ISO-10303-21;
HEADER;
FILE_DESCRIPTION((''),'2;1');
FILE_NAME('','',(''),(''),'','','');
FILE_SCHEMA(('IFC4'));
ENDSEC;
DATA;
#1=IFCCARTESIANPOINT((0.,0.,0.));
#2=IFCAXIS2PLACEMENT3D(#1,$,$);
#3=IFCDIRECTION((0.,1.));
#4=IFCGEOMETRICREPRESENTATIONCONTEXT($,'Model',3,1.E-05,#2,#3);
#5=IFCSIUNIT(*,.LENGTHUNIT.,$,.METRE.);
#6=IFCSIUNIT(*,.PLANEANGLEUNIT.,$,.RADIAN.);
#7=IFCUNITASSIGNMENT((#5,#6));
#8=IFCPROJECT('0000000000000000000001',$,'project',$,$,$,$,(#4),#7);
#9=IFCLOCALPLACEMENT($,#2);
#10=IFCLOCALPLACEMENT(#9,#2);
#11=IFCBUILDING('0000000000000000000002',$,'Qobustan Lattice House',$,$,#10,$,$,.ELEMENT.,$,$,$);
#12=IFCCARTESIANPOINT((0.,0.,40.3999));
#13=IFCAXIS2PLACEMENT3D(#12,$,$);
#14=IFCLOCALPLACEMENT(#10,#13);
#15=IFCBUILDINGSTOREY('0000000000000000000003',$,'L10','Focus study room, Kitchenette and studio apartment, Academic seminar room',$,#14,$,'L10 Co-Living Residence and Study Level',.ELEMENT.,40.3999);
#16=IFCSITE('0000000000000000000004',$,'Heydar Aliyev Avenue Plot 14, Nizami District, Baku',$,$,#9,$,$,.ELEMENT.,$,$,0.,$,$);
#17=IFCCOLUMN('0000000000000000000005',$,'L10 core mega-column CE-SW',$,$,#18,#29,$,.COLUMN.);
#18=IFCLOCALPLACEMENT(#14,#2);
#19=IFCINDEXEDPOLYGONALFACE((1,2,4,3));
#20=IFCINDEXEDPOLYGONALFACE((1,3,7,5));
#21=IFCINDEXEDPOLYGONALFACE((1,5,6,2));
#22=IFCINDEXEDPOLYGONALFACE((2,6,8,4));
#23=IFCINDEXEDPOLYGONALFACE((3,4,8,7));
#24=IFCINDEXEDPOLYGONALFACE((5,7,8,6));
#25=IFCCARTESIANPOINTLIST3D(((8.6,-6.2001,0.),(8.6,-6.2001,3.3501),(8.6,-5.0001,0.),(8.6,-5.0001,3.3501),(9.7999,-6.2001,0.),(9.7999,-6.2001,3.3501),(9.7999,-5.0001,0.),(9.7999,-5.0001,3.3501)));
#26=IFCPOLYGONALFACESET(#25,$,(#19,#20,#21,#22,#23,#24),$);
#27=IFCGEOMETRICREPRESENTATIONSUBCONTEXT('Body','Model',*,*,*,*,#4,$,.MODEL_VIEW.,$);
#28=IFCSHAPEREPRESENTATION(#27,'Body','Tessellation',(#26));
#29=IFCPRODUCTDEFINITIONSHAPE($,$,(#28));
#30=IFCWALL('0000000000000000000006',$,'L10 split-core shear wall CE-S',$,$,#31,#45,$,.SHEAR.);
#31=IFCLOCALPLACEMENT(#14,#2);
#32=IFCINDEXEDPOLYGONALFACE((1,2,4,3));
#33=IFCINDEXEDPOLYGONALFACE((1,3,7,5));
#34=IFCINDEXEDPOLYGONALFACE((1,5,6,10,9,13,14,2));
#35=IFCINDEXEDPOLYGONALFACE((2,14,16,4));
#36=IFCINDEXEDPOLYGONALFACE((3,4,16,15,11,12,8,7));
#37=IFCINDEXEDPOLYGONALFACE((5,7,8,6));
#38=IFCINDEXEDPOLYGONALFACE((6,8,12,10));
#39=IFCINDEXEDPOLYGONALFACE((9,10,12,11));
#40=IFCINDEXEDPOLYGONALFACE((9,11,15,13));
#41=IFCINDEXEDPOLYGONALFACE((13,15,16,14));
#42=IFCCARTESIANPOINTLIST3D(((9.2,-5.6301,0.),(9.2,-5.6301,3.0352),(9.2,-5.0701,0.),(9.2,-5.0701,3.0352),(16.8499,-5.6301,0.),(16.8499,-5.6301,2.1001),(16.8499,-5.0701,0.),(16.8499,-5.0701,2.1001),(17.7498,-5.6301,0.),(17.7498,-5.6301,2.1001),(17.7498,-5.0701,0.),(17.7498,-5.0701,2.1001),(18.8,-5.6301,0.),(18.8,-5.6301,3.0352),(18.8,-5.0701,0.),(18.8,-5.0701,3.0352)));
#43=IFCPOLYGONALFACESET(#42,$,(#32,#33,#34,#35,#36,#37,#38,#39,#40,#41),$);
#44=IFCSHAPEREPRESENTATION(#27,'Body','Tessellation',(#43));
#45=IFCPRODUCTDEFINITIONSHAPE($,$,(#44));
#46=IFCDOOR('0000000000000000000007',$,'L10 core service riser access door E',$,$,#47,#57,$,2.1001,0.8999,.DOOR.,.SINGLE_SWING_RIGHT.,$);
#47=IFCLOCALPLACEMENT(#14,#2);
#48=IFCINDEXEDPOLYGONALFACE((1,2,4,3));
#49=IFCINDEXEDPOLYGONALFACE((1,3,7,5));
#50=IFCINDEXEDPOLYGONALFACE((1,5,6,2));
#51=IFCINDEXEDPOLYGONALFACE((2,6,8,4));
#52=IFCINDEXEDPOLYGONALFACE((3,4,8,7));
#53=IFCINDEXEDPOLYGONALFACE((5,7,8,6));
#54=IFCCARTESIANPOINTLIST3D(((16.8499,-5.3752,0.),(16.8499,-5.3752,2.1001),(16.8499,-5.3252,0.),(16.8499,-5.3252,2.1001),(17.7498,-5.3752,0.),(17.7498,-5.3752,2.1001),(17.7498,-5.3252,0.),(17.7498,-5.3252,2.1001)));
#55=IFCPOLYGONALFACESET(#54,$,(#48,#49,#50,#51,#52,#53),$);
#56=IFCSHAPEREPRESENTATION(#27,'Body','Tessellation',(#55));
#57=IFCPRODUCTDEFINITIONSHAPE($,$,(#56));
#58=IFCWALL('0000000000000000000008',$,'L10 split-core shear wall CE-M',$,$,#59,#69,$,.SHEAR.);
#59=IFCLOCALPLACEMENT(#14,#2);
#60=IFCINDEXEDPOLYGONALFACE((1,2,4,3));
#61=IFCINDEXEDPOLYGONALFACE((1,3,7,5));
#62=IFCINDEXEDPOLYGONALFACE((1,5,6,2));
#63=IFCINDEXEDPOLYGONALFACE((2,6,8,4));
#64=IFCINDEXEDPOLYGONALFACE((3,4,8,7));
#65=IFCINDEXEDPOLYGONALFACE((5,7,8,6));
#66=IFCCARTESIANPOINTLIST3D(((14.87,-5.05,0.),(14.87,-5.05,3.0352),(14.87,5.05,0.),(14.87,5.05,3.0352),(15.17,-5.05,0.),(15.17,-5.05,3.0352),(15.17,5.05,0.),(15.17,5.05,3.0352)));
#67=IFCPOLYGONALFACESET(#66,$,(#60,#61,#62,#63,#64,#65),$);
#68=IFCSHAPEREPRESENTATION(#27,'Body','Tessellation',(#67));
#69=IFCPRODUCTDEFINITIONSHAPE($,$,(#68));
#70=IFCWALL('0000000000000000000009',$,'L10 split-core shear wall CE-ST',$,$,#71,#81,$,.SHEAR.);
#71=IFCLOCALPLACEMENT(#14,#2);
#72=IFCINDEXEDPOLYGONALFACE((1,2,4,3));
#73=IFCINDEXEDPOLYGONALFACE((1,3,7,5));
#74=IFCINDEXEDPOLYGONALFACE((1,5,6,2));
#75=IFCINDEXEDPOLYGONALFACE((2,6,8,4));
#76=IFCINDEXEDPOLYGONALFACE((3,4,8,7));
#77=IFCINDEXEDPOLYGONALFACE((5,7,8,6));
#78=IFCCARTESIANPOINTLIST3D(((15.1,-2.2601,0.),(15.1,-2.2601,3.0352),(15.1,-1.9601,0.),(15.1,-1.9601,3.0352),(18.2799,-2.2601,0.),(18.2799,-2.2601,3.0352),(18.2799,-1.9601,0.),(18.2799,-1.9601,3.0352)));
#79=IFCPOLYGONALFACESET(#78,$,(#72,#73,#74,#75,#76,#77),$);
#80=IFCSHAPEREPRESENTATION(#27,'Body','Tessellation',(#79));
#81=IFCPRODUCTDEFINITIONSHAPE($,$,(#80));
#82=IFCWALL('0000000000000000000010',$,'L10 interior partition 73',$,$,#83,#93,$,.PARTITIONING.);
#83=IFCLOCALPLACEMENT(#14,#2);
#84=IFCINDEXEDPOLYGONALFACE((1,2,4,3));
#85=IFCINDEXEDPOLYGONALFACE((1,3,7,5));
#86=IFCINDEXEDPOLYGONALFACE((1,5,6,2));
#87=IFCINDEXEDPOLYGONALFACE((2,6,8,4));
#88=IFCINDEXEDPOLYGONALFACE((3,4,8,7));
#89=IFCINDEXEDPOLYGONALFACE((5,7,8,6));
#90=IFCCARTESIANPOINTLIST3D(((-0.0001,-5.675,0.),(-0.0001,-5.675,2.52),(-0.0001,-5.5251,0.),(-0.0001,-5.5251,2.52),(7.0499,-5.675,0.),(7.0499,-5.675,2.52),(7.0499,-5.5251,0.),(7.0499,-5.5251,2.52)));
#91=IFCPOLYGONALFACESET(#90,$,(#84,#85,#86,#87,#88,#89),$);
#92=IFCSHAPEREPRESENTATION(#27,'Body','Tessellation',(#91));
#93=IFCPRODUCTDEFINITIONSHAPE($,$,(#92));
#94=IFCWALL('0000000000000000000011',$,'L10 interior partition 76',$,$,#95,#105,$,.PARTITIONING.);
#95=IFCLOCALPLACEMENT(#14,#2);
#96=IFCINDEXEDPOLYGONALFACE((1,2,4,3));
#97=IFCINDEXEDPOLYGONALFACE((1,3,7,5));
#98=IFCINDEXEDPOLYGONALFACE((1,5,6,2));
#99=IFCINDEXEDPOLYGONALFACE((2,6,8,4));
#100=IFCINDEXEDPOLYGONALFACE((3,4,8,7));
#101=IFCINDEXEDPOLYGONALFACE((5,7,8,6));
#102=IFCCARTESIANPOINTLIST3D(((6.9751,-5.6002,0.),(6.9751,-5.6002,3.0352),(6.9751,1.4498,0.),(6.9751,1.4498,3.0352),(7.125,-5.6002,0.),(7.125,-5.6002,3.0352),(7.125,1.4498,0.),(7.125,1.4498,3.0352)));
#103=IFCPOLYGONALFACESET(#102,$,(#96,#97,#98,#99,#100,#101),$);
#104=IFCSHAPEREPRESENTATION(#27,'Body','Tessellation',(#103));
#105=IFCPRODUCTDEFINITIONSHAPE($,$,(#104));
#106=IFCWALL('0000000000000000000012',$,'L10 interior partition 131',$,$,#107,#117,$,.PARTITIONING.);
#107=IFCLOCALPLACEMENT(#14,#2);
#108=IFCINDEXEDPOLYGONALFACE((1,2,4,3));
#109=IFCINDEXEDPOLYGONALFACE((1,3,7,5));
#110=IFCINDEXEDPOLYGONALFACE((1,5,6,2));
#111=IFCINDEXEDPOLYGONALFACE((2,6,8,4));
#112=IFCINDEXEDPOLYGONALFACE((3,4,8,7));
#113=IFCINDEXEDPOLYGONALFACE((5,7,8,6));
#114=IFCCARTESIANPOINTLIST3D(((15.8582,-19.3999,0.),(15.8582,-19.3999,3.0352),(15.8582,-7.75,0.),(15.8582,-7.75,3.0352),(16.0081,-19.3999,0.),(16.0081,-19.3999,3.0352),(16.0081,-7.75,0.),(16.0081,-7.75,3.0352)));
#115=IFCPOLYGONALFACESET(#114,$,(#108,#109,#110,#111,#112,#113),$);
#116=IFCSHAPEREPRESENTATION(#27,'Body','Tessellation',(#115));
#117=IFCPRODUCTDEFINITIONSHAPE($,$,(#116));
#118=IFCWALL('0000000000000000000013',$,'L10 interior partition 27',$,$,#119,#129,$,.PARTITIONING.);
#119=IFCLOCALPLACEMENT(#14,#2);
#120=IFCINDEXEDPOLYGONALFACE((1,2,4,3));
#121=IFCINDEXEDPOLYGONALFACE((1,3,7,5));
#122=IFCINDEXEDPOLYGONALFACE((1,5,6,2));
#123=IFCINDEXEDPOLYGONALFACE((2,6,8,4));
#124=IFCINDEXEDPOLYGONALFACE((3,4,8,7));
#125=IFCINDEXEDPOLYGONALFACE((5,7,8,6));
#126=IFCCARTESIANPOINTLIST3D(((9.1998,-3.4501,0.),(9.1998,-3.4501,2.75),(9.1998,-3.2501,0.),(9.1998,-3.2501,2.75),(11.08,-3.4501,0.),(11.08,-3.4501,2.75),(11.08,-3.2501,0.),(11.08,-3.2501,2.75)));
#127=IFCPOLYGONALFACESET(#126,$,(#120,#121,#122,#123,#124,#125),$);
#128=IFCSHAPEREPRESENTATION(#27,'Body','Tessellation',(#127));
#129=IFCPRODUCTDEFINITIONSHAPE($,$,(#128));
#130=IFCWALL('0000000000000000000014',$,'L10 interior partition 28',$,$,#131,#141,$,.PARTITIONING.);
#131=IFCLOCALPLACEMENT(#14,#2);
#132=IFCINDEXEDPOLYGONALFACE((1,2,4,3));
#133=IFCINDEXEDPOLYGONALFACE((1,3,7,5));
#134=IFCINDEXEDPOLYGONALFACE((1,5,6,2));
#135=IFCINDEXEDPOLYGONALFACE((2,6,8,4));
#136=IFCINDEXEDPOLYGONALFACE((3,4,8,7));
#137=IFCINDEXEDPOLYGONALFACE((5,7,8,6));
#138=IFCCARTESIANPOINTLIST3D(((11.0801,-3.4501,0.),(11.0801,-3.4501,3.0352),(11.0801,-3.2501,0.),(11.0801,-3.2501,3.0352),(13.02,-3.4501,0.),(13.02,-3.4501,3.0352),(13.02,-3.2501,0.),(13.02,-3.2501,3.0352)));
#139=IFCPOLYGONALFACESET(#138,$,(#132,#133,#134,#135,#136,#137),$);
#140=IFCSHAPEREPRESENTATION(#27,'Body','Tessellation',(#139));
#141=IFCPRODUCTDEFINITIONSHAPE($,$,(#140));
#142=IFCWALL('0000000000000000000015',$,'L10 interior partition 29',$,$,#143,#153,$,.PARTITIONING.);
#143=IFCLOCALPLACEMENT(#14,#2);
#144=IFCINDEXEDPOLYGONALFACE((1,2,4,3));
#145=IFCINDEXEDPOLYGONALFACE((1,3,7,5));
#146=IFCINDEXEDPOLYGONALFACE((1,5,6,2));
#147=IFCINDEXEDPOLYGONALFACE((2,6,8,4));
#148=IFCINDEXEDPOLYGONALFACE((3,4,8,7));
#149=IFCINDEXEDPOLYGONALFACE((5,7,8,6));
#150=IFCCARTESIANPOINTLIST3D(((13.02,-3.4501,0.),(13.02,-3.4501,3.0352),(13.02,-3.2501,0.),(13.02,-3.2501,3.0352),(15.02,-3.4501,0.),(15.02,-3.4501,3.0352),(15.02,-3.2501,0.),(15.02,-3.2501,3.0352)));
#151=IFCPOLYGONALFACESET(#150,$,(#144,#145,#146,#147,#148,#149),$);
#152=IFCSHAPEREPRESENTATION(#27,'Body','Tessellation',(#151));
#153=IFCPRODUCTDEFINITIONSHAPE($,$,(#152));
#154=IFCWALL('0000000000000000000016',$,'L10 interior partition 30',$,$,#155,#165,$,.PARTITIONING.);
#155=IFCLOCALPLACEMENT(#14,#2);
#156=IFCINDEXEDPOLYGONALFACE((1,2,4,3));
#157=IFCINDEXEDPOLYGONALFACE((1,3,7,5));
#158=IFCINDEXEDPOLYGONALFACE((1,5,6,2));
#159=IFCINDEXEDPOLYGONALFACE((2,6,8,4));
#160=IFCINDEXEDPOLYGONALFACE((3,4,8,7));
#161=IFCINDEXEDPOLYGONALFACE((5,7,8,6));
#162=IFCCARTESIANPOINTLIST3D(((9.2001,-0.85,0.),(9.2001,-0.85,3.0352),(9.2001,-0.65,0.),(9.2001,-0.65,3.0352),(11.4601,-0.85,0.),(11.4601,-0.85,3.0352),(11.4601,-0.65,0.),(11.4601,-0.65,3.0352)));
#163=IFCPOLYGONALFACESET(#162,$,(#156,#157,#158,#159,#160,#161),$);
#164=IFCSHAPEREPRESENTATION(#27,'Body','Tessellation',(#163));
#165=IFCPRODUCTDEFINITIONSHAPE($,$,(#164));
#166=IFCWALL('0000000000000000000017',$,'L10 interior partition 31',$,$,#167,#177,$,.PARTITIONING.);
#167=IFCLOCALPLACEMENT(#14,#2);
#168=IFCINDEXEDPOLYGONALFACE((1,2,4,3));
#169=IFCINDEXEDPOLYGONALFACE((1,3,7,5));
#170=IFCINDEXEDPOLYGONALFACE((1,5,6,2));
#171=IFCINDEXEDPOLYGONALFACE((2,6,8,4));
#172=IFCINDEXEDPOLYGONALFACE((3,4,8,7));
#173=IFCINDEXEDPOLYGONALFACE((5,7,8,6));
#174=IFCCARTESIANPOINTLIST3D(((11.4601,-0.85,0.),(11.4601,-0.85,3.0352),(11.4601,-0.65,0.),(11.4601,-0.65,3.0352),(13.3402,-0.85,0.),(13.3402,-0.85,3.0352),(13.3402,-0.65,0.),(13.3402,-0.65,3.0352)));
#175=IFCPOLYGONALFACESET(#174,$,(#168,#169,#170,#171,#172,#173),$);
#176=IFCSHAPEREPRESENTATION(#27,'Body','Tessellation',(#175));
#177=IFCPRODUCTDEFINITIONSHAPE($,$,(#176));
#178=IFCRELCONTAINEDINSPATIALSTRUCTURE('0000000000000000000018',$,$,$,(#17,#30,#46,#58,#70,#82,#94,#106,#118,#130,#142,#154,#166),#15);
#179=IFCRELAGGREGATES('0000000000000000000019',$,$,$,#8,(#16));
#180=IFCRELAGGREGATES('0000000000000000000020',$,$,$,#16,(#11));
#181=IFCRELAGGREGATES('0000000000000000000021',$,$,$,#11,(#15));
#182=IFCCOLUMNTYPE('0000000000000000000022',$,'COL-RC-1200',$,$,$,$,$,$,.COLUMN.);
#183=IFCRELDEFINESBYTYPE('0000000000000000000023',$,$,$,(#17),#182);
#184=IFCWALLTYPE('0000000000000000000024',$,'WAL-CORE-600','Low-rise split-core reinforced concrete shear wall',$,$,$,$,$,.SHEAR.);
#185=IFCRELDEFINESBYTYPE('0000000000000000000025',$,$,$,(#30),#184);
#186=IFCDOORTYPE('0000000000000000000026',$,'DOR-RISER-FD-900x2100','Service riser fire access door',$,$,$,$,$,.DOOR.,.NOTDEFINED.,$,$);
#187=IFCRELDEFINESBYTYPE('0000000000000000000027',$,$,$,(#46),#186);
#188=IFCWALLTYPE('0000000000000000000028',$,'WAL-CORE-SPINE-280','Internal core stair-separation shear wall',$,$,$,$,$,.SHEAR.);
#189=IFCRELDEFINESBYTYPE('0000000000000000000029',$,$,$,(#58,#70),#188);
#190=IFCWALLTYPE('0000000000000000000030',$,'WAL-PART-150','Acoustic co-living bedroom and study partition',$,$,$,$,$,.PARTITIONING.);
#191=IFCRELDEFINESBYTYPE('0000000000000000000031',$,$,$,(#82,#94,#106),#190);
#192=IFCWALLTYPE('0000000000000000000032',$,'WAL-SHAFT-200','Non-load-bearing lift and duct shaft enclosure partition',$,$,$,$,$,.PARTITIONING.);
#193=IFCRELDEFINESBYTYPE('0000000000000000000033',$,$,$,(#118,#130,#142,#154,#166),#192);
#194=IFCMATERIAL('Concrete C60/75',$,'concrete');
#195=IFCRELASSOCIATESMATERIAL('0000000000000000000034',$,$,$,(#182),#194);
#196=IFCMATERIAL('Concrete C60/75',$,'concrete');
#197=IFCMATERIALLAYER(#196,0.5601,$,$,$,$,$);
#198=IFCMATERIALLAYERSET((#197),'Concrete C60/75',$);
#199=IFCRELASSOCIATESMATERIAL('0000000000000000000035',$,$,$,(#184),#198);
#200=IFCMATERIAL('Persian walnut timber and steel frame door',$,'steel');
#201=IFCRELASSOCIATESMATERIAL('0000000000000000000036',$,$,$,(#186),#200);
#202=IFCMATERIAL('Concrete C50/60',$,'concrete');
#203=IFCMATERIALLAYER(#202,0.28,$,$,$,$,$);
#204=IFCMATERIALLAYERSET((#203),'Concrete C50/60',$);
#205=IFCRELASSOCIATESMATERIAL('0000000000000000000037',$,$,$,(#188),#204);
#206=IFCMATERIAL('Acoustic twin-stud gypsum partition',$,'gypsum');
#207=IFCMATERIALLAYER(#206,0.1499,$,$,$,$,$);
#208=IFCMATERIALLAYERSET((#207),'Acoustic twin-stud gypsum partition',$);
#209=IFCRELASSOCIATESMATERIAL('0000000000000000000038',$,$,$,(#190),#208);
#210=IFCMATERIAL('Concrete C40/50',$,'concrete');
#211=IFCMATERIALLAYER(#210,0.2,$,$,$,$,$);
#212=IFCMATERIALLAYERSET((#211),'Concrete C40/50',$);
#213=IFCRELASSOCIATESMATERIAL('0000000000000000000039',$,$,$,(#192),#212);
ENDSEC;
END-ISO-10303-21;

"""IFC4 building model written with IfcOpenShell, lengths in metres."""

from ifc_helpers import new_model, si_unit, direction, frame, frame_2d, origin, origin_2d, place, context, subcontext, project, spatial, rectangle, extrude, material, layer, layer_set, material_profile, profile_set, type_object, element, fill, save


model = new_model("IFC4")

# Units and contexts
model_context = context("Model", 3, precision=1e-05, world=origin(), true_north=direction((0.0, 1.0)))
body_context = subcontext(model_context, "Body", "Model", "MODEL_VIEW")
ifc_project = project(units=[si_unit("LENGTHUNIT", "METRE"), si_unit("PLANEANGLEUNIT", "RADIAN")], contexts=[model_context])

# Site, building, storey
site_placement = place(None, origin())
site = spatial("IfcSite", under=ifc_project, at=site_placement, Name="Heydar Aliyev Avenue Plot 14, Nizami District, Baku", CompositionType="ELEMENT", RefElevation=0.0)
building_placement = place(site_placement, origin())
building = spatial("IfcBuilding", under=site, at=building_placement, Name="Qobustan Lattice House", CompositionType="ELEMENT")
storey_placement = place(building_placement, frame((0.0, 0.0, 40.3999)))
storey = spatial("IfcBuildingStorey", under=building, at=storey_placement, Name="L10", Description="Focus study room, Kitchenette and studio apartment, Academic seminar room", LongName="L10 Co-Living Residence and Study Level", CompositionType="ELEMENT", Elevation=40.3999)

# Column
ifc_material_1 = material(Name="Concrete C60/75", Category="concrete")
ifc_material_profile = material_profile(ifc_material_1, rectangle(XDim=1.2, YDim=1.2, at=origin_2d()), Name="RC1200x1200")
ifc_profile_set = profile_set([ifc_material_profile], Name="Concrete C60/75")
column_type = type_object("IfcColumnType", Name="COL-RC-1200", PredefinedType="COLUMN", material=ifc_profile_set)
column_placement = place(storey_placement, frame((9.2, -5.6001, 0.0), z_axis=(0.0, 0.0, 1.0), x_axis=(1.0, 0.0, 0.0)))
element("IfcColumn", 1, at=column_placement, inside=storey, type_object=column_type, Name="L10 core mega-column CE-SW", PredefinedType="COLUMN", context=body_context, shape_type="SweptSolid", body=[
    extrude(rectangle(XDim=1.2, YDim=1.2, at=origin_2d()), origin(), (0.0, 0.0, 1.0), 3.3501),
])

# Wall, opening, door
ifc_material_2 = material(Name="Concrete C60/75", Category="concrete")
ifc_layer_1 = layer(ifc_material_2, 0.5601)
ifc_layer_set_1 = layer_set([ifc_layer_1], Name="Concrete C60/75")
wall_type_1 = type_object("IfcWallType", Name="WAL-CORE-600", Description="Low-rise split-core reinforced concrete shear wall", PredefinedType="SHEAR", material=ifc_layer_set_1)
wall_1_placement = place(storey_placement, frame((9.2, -5.3501, 0.0), z_axis=(0.0, 0.0, 1.0), x_axis=(1.0, 0.0, 0.0)))
wall_1 = element("IfcWall", 2, at=wall_1_placement, inside=storey, type_object=wall_type_1, Name="L10 split-core shear wall CE-S", PredefinedType="SHEAR", context=body_context, shape_type="SweptSolid", body=[
    extrude(rectangle(XDim=9.6001, YDim=0.5601, at=frame_2d((4.8, 0.0))), origin(), (0.0, 0.0, 1.0), 3.0352),
])
opening_1_placement = place(wall_1_placement, frame((7.6499, 0.0, 0.0)))
opening_1 = element("IfcOpeningElement", 3, at=opening_1_placement, cuts=wall_1, PredefinedType="OPENING", context=body_context, shape_type="SweptSolid", body=[
    extrude(rectangle(XDim=0.8999, YDim=2.1001, at=frame_2d((0.45, 1.05))), frame((0.0, 0.29, 0.0), z_axis=(0.0, -1.0, 0.0), x_axis=(1.0, 0.0, 0.0)), (0.0, 0.0, 1.0), 0.5801),
])
ifc_material_3 = material(Name="Persian walnut timber and steel frame door", Category="steel")
door_type_1 = type_object("IfcDoorType", Name="DOR-RISER-FD-900x2100", Description="Service riser fire access door", OperationType="NOTDEFINED", PredefinedType="DOOR", material=ifc_material_3)
door_1_placement = place(opening_1_placement, origin())
door_1 = element("IfcDoor", 4, at=door_1_placement, inside=storey, type_object=door_type_1, Name="L10 core service riser access door E", OperationType="SINGLE_SWING_RIGHT", OverallHeight=2.1001, OverallWidth=0.8999, PredefinedType="DOOR", context=body_context, shape_type="SweptSolid", body=[
    extrude(rectangle(XDim=0.8999, YDim=2.1001, at=frame_2d((0.45, 1.05))), frame((0.0, 0.0249, 0.0), z_axis=(0.0, -1.0, 0.0), x_axis=(1.0, 0.0, 0.0)), (0.0, 0.0, 1.0), 0.05),
])
fill(opening_1, door_1)

# Walls
ifc_material_4 = material(Name="Concrete C50/60", Category="concrete")
ifc_layer_2 = layer(ifc_material_4, 0.28)
ifc_layer_set_2 = layer_set([ifc_layer_2], Name="Concrete C50/60")
wall_type_2 = type_object("IfcWallType", Name="WAL-CORE-SPINE-280", Description="Internal core stair-separation shear wall", PredefinedType="SHEAR", material=ifc_layer_set_2)
wall_2_placement = place(storey_placement, frame((15.02, -5.05, 0.0), z_axis=(0.0, 0.0, 1.0), x_axis=(0.0, 1.0, 0.0)))
element("IfcWall", 5, at=wall_2_placement, inside=storey, type_object=wall_type_2, Name="L10 split-core shear wall CE-M", PredefinedType="SHEAR", context=body_context, shape_type="SweptSolid", body=[
    extrude(rectangle(XDim=10.1001, YDim=0.3, at=frame_2d((5.05, 0.0))), origin(), (0.0, 0.0, 1.0), 3.0352),
])
wall_3_placement = place(storey_placement, frame((15.1001, -2.1101, 0.0), z_axis=(0.0, 0.0, 1.0), x_axis=(1.0, 0.0, 0.0)))
element("IfcWall", 6, at=wall_3_placement, inside=storey, type_object=wall_type_2, Name="L10 split-core shear wall CE-ST", PredefinedType="SHEAR", context=body_context, shape_type="SweptSolid", body=[
    extrude(rectangle(XDim=3.1799, YDim=0.3, at=frame_2d((1.5898, 0.0))), origin(), (0.0, 0.0, 1.0), 3.0352),
])
ifc_material_5 = material(Name="Acoustic twin-stud gypsum partition", Category="gypsum")
ifc_layer_3 = layer(ifc_material_5, 0.1499)
ifc_layer_set_3 = layer_set([ifc_layer_3], Name="Acoustic twin-stud gypsum partition")
wall_type_3 = type_object("IfcWallType", Name="WAL-PART-150", Description="Acoustic co-living bedroom and study partition", PredefinedType="PARTITIONING", material=ifc_layer_set_3)
wall_4_placement = place(storey_placement, frame((0.0, -5.6001, 0.0), z_axis=(0.0, 0.0, 1.0), x_axis=(1.0, 0.0, 0.0)))
element("IfcWall", 7, at=wall_4_placement, inside=storey, type_object=wall_type_3, Name="L10 interior partition 73", PredefinedType="PARTITIONING", context=body_context, shape_type="SweptSolid", body=[
    extrude(rectangle(XDim=7.05, YDim=0.1499, at=frame_2d((3.5249, 0.0))), origin(), (0.0, 0.0, 1.0), 2.52),
])
wall_5_placement = place(storey_placement, frame((7.05, -5.6001, 0.0), z_axis=(0.0, 0.0, 1.0), x_axis=(0.0, 1.0, 0.0)))
element("IfcWall", 8, at=wall_5_placement, inside=storey, type_object=wall_type_3, Name="L10 interior partition 76", PredefinedType="PARTITIONING", context=body_context, shape_type="SweptSolid", body=[
    extrude(rectangle(XDim=7.05, YDim=0.1499, at=frame_2d((3.5249, 0.0))), origin(), (0.0, 0.0, 1.0), 3.0352),
])
wall_6_placement = place(storey_placement, frame((15.9331, -7.75, 0.0), z_axis=(0.0, 0.0, 1.0), x_axis=(0.0, -1.0, 0.0)))
element("IfcWall", 9, at=wall_6_placement, inside=storey, type_object=wall_type_3, Name="L10 interior partition 131", PredefinedType="PARTITIONING", context=body_context, shape_type="SweptSolid", body=[
    extrude(rectangle(XDim=11.6499, YDim=0.1499, at=frame_2d((5.825, 0.0))), origin(), (0.0, 0.0, 1.0), 3.0352),
])
ifc_material_6 = material(Name="Concrete C40/50", Category="concrete")
ifc_layer_4 = layer(ifc_material_6, 0.2)
ifc_layer_set_4 = layer_set([ifc_layer_4], Name="Concrete C40/50")
wall_type_4 = type_object("IfcWallType", Name="WAL-SHAFT-200", Description="Non-load-bearing lift and duct shaft enclosure partition", PredefinedType="PARTITIONING", material=ifc_layer_set_4)
wall_7_placement = place(storey_placement, frame((9.2, -3.3501, 0.0), z_axis=(0.0, 0.0, 1.0), x_axis=(1.0, 0.0, 0.0)))
element("IfcWall", 10, at=wall_7_placement, inside=storey, type_object=wall_type_4, Name="L10 interior partition 27", PredefinedType="PARTITIONING", context=body_context, shape_type="SweptSolid", body=[
    extrude(rectangle(XDim=1.8801, YDim=0.2, at=frame_2d((0.9399, 0.0))), origin(), (0.0, 0.0, 1.0), 2.75),
])
wall_8_placement = place(storey_placement, frame((11.0801, -3.3501, 0.0), z_axis=(0.0, 0.0, 1.0), x_axis=(1.0, 0.0, 0.0)))
element("IfcWall", 11, at=wall_8_placement, inside=storey, type_object=wall_type_4, Name="L10 interior partition 28", PredefinedType="PARTITIONING", context=body_context, shape_type="SweptSolid", body=[
    extrude(rectangle(XDim=1.9399, YDim=0.2, at=frame_2d((0.97, 0.0))), origin(), (0.0, 0.0, 1.0), 3.0352),
])
wall_9_placement = place(storey_placement, frame((13.02, -3.3501, 0.0), z_axis=(0.0, 0.0, 1.0), x_axis=(1.0, 0.0, 0.0)))
element("IfcWall", 12, at=wall_9_placement, inside=storey, type_object=wall_type_4, Name="L10 interior partition 29", PredefinedType="PARTITIONING", context=body_context, shape_type="SweptSolid", body=[
    extrude(rectangle(XDim=2.0, YDim=0.2, at=frame_2d((1.0, 0.0))), origin(), (0.0, 0.0, 1.0), 3.0352),
])
wall_10_placement = place(storey_placement, frame((11.46, -0.75, 0.0), z_axis=(0.0, 0.0, 1.0), x_axis=(-1.0, 0.0, 0.0)))
element("IfcWall", 13, at=wall_10_placement, inside=storey, type_object=wall_type_4, Name="L10 interior partition 30", PredefinedType="PARTITIONING", context=body_context, shape_type="SweptSolid", body=[
    extrude(rectangle(XDim=2.26, YDim=0.2, at=frame_2d((1.1299, 0.0))), origin(), (0.0, 0.0, 1.0), 3.0352),
])
wall_11_placement = place(storey_placement, frame((13.3401, -0.75, 0.0), z_axis=(0.0, 0.0, 1.0), x_axis=(-1.0, 0.0, 0.0)))
element("IfcWall", 14, at=wall_11_placement, inside=storey, type_object=wall_type_4, Name="L10 interior partition 31", PredefinedType="PARTITIONING", context=body_context, shape_type="SweptSolid", body=[
    extrude(rectangle(XDim=1.8801, YDim=0.2, at=frame_2d((0.9399, 0.0))), origin(), (0.0, 0.0, 1.0), 3.0352),
])

save(model, "model.ifc")
